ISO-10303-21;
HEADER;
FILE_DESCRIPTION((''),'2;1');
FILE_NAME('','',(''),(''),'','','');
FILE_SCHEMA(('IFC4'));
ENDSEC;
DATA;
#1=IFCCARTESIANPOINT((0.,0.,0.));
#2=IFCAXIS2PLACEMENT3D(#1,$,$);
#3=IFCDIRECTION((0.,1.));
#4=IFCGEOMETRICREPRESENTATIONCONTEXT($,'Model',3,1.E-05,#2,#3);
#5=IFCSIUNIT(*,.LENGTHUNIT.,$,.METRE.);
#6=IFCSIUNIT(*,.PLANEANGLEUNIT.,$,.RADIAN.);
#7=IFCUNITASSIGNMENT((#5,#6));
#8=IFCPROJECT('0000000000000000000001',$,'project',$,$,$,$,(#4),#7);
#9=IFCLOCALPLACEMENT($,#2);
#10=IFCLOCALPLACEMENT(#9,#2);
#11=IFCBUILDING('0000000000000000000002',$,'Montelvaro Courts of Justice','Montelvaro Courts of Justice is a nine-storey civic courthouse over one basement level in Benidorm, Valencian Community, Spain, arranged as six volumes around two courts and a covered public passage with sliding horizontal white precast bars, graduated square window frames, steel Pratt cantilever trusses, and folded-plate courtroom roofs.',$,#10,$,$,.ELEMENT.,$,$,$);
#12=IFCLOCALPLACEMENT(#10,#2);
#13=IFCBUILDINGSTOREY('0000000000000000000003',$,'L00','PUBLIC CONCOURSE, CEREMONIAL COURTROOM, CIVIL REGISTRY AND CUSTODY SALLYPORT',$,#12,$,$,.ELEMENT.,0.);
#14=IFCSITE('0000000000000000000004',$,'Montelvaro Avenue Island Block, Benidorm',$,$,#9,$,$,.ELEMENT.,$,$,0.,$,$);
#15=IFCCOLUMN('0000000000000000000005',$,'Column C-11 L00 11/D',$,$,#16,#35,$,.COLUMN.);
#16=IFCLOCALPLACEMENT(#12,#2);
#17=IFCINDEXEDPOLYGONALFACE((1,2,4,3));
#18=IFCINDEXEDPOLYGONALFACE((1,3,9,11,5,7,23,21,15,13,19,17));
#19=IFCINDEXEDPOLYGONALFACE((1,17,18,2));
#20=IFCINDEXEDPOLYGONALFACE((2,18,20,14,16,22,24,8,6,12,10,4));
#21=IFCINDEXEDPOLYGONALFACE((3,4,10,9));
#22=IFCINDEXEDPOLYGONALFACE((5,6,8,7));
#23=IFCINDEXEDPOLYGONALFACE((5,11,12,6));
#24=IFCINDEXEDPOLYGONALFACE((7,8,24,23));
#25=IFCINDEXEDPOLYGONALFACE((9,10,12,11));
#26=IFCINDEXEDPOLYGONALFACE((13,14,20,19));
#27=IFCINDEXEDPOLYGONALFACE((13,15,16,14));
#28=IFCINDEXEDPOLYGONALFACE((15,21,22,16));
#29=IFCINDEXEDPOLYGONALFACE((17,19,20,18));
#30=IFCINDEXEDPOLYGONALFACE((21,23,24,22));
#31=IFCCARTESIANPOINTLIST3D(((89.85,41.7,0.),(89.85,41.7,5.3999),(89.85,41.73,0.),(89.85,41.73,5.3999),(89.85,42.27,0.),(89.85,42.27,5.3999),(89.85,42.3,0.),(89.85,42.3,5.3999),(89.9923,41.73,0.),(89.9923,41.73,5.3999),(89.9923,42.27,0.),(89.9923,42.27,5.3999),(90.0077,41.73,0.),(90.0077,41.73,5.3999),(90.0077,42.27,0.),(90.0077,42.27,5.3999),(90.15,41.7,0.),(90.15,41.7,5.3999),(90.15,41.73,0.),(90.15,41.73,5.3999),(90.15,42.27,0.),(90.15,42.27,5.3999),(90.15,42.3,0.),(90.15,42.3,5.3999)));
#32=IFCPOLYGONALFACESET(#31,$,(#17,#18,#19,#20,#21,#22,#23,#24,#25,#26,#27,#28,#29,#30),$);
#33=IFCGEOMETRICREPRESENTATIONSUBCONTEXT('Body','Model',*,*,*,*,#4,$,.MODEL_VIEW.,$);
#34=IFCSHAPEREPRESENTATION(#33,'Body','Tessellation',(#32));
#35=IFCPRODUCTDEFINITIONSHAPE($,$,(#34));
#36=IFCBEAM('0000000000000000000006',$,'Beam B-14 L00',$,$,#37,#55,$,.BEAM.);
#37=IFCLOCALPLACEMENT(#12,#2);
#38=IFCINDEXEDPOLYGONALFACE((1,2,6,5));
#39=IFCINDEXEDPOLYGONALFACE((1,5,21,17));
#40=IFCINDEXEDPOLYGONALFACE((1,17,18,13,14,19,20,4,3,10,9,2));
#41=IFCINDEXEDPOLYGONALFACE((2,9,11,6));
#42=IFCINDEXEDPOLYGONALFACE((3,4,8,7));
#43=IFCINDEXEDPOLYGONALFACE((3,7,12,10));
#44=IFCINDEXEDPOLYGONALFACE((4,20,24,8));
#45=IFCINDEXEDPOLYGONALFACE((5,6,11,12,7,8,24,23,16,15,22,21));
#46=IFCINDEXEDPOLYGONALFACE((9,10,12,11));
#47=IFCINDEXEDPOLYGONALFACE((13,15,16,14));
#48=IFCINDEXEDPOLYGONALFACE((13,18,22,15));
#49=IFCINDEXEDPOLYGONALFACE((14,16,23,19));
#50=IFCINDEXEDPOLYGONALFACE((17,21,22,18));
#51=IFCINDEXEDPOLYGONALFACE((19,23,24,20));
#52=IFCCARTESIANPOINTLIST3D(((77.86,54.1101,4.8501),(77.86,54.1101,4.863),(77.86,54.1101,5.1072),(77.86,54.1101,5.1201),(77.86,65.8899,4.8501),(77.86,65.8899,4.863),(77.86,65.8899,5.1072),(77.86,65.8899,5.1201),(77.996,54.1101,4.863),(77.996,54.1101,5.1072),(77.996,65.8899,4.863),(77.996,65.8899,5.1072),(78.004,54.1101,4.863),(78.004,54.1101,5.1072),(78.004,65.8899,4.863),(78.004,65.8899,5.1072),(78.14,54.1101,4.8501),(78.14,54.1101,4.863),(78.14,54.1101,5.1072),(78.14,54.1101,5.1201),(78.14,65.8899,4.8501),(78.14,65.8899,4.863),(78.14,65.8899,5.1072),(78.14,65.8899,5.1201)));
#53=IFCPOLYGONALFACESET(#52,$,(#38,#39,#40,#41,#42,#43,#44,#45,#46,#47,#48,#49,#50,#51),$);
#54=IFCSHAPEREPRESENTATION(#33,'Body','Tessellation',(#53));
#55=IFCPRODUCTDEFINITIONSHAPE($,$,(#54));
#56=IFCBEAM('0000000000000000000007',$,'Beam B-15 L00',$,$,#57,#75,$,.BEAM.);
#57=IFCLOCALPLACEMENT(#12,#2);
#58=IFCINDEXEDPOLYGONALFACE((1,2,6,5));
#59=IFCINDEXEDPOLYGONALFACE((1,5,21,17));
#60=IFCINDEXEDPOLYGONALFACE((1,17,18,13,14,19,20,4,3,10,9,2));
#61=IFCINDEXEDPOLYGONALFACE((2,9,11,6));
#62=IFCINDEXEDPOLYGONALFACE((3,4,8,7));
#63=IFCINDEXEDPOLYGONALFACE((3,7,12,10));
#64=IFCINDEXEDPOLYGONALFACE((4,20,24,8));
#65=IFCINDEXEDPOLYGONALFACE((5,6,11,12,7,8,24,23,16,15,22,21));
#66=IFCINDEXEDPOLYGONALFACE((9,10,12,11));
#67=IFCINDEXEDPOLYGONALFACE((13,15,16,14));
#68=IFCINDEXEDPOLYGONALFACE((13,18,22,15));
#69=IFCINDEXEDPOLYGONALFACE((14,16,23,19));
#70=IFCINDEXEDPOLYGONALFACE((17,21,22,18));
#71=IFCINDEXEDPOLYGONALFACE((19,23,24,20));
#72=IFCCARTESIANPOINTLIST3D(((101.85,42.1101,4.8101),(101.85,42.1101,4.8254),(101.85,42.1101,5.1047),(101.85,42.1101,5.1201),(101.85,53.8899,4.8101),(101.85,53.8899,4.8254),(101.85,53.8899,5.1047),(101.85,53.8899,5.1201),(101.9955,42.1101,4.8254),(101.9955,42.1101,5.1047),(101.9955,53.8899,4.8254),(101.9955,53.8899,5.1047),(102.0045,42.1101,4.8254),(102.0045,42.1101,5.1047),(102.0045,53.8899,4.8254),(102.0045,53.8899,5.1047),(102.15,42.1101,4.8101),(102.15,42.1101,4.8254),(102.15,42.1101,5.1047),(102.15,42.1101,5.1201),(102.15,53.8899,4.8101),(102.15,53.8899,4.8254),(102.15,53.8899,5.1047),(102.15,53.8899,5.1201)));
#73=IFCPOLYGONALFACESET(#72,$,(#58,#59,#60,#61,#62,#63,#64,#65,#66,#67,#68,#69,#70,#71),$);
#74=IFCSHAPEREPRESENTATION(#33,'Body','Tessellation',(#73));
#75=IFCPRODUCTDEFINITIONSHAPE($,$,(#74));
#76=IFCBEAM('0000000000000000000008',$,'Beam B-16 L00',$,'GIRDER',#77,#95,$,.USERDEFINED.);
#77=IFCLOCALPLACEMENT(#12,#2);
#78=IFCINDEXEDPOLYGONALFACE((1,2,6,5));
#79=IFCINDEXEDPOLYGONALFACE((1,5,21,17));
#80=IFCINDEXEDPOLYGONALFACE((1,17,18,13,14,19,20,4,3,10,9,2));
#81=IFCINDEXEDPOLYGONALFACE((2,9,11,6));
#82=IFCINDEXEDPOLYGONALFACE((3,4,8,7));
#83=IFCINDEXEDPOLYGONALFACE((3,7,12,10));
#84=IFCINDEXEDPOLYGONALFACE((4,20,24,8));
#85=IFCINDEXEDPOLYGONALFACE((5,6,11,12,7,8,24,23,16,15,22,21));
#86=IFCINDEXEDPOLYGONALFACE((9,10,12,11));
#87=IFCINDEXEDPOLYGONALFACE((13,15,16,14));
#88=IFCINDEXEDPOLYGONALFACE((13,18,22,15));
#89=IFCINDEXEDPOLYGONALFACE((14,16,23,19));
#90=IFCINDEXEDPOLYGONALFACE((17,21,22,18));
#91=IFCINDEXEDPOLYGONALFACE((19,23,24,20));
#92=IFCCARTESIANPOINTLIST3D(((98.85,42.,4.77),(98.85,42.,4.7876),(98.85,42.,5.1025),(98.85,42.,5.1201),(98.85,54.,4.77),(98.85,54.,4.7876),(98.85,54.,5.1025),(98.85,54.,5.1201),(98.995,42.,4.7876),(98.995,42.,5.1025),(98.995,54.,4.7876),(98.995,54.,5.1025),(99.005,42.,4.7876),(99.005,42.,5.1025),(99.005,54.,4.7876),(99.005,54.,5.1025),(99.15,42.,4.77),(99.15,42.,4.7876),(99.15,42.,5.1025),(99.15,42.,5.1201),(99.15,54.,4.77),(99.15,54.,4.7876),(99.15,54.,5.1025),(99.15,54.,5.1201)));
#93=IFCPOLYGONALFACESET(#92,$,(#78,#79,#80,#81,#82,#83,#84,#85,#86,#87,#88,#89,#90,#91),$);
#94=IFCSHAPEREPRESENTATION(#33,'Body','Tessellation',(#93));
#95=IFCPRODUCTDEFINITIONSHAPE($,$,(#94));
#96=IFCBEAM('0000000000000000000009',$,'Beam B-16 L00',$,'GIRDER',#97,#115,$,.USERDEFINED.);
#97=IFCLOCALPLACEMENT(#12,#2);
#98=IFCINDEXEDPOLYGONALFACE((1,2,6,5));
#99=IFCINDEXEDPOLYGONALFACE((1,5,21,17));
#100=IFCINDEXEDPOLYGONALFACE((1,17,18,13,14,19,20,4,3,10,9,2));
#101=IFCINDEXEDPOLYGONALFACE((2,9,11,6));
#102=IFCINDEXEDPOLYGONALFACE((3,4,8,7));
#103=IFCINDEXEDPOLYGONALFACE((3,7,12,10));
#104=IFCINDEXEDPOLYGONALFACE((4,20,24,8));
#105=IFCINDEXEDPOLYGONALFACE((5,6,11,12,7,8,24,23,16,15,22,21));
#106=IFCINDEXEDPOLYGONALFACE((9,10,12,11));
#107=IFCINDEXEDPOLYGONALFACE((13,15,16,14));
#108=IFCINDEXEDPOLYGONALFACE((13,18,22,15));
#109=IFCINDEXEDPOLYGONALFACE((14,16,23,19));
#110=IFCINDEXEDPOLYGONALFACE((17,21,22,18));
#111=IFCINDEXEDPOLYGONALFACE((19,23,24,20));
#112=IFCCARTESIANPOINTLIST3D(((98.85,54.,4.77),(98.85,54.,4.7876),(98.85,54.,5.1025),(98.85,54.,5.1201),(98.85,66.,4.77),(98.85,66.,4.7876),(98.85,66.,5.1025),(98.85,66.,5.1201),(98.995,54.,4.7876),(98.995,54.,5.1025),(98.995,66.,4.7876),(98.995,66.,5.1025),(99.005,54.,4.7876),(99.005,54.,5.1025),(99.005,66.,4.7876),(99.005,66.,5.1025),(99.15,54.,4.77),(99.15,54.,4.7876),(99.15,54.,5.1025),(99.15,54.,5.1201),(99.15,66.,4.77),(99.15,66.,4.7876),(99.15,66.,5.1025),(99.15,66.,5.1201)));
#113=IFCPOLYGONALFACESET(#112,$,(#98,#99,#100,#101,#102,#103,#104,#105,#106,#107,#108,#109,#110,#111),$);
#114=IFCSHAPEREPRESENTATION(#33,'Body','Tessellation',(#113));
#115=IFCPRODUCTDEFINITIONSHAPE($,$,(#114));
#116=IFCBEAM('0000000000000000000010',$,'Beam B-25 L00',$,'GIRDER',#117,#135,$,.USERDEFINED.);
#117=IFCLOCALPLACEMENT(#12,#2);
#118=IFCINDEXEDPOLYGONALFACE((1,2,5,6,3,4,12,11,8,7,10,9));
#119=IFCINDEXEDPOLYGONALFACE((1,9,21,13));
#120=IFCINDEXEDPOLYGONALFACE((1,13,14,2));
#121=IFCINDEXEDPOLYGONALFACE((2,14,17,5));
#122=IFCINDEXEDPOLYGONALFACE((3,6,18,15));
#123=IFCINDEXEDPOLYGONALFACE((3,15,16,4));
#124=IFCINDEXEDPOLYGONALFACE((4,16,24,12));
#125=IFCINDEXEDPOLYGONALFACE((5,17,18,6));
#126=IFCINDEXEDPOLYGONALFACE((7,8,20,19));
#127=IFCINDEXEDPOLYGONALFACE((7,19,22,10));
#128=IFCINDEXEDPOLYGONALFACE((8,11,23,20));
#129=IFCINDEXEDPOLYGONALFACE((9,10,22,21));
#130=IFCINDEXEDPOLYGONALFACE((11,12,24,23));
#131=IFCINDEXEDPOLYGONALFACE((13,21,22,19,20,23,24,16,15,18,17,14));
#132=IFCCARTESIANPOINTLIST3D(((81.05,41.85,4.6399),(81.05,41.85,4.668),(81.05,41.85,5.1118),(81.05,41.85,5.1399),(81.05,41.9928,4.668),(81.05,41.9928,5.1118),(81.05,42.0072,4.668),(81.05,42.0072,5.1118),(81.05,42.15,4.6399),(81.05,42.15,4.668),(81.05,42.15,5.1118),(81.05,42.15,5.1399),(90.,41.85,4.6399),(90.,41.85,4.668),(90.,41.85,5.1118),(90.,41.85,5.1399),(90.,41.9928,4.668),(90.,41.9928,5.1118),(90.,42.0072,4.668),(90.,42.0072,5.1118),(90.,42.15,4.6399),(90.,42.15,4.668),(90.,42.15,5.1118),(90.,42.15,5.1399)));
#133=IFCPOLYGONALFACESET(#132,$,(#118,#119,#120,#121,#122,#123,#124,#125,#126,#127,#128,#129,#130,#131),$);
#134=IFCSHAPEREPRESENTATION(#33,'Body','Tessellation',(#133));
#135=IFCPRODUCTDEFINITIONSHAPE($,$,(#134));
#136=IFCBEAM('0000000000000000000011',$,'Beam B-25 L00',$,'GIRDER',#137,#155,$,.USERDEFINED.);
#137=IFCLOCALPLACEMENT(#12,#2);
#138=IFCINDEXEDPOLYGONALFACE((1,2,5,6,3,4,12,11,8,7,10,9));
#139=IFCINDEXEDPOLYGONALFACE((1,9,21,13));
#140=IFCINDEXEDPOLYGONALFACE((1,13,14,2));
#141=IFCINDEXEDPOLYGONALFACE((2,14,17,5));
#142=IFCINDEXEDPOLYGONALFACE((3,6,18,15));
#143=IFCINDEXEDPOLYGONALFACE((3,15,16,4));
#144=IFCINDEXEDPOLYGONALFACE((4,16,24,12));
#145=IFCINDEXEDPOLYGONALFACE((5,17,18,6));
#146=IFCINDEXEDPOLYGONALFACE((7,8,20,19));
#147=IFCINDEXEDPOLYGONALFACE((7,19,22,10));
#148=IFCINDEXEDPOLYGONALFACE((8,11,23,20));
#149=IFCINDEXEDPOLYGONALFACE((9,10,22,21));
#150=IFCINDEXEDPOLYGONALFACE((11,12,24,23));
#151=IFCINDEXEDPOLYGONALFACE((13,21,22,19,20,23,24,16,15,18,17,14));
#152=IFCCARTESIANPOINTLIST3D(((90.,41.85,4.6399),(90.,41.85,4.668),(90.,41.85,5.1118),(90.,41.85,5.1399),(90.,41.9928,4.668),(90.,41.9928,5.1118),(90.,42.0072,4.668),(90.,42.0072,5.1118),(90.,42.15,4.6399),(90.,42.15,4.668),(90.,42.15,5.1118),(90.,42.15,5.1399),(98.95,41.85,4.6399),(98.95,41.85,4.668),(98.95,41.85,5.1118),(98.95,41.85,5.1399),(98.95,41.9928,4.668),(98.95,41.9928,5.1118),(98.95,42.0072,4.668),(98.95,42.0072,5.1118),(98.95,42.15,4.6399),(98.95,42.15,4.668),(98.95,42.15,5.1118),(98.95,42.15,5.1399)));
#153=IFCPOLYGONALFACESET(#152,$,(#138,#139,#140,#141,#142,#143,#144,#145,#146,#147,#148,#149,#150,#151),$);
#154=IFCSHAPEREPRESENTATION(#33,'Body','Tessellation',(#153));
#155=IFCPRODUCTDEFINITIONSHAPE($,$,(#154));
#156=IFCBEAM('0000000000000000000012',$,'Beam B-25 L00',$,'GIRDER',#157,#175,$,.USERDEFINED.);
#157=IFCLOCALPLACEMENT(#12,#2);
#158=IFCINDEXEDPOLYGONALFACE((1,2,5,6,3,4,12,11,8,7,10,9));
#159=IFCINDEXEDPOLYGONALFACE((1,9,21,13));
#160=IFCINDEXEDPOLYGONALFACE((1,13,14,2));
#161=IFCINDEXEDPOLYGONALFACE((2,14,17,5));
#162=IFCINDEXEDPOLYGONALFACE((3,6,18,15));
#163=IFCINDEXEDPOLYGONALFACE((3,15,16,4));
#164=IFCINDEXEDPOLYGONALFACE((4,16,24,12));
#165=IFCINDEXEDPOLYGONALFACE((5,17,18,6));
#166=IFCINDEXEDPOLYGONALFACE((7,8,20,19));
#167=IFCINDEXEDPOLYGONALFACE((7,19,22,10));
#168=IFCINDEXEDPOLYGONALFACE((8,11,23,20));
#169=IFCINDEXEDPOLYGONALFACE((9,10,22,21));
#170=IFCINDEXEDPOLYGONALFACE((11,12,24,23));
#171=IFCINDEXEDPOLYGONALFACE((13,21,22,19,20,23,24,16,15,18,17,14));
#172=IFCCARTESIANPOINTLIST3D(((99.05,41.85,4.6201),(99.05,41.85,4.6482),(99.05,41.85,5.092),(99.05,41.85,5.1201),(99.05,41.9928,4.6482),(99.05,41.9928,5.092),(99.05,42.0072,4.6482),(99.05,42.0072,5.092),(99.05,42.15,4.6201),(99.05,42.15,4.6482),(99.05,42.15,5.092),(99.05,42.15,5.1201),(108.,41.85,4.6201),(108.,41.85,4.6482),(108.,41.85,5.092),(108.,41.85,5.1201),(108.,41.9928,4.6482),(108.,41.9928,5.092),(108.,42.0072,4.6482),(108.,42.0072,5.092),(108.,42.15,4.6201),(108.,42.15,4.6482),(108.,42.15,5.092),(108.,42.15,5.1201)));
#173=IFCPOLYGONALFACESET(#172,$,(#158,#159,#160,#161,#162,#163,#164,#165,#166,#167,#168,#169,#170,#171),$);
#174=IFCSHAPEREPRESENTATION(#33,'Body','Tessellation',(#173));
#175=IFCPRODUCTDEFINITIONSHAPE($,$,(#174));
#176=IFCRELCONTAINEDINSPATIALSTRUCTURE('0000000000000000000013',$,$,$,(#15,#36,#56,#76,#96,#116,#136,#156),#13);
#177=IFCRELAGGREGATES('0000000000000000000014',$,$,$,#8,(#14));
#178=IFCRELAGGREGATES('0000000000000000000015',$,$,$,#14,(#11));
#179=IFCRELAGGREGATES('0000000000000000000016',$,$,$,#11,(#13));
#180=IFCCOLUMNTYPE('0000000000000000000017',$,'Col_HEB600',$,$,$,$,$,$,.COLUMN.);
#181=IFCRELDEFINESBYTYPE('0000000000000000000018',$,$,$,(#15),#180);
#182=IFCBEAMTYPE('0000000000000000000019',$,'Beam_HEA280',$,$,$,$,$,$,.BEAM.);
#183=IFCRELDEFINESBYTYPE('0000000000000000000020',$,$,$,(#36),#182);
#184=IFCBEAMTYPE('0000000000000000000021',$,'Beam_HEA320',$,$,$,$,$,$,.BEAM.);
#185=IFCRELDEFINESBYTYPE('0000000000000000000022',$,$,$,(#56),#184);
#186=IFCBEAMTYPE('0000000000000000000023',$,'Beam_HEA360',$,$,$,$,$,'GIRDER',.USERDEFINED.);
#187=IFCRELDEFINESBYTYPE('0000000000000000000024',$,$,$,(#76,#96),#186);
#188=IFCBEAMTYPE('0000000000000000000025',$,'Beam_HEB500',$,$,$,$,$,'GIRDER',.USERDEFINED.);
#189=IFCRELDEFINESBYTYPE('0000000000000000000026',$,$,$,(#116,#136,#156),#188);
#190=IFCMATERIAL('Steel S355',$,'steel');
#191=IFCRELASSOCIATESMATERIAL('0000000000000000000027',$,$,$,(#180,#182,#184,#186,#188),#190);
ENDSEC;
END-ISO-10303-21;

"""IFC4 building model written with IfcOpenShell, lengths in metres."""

from ifc_helpers import new_model, si_unit, direction, frame, origin, origin_2d, place, context, subcontext, project, spatial, i_section, extrude, material, material_profile, profile_set, type_object, element, save


model = new_model("IFC4")

# Units and contexts
model_context = context("Model", 3, precision=1e-05, world=origin(), true_north=direction((0.0, 1.0)))
body_context = subcontext(model_context, "Body", "Model", "MODEL_VIEW")
ifc_project = project(units=[si_unit("LENGTHUNIT", "METRE"), si_unit("PLANEANGLEUNIT", "RADIAN")], contexts=[model_context])

# Site, building, storey
site_placement = place(None, origin())
site = spatial("IfcSite", under=ifc_project, at=site_placement, Name="Montelvaro Avenue Island Block, Benidorm", CompositionType="ELEMENT", RefElevation=0.0)
building_placement = place(site_placement, origin())
building = spatial("IfcBuilding", under=site, at=building_placement, Name="Montelvaro Courts of Justice", Description="Montelvaro Courts of Justice is a nine-storey civic courthouse over one basement level in Benidorm, Valencian Community, Spain, arranged as six volumes around two courts and a covered public passage with sliding horizontal white precast bars, graduated square window frames, steel Pratt cantilever trusses, and folded-plate courtroom roofs.", CompositionType="ELEMENT")
storey_placement = place(building_placement, origin())
storey = spatial("IfcBuildingStorey", under=building, at=storey_placement, Name="L00", Description="PUBLIC CONCOURSE, CEREMONIAL COURTROOM, CIVIL REGISTRY AND CUSTODY SALLYPORT", CompositionType="ELEMENT", Elevation=0.0)

# Column
ifc_material_1 = material(Name="Steel S355", Category="steel")
ifc_material_profile_1 = material_profile(ifc_material_1, i_section(OverallWidth=0.3, OverallDepth=0.6001, WebThickness=0.0154, FlangeThickness=0.03, at=origin_2d()), Name="HEB 600")
ifc_profile_set_1 = profile_set([ifc_material_profile_1], Name="Steel S355")
column_type_1 = type_object("IfcColumnType", Name="Col_HEB600", PredefinedType="COLUMN", material=ifc_profile_set_1)
column_placement = place(storey_placement, frame((90.0, 42.0, 0.0), z_axis=(0.0, 0.0, 1.0), x_axis=(1.0, 0.0, 0.0)))
element("IfcColumn", 1, at=column_placement, inside=storey, type_object=column_type_1, Name="Column C-11 L00 11/D", PredefinedType="COLUMN", context=body_context, shape_type="SweptSolid", body=[
    extrude(i_section(OverallWidth=0.3, OverallDepth=0.6001, WebThickness=0.0154, FlangeThickness=0.03, at=origin_2d()), origin(), (0.0, 0.0, 1.0), 5.3999),
])

# Beams
ifc_material_profile_2 = material_profile(ifc_material_1, i_section(OverallWidth=0.28, OverallDepth=0.27, WebThickness=0.0081, FlangeThickness=0.0129, at=origin_2d()), Name="HEA 280")
ifc_profile_set_2 = profile_set([ifc_material_profile_2], Name="Steel S355")
beam_type_1 = type_object("IfcBeamType", Name="Beam_HEA280", PredefinedType="BEAM", material=ifc_profile_set_2)
beam_1_placement = place(storey_placement, frame((78.0, 54.1101, 4.9851), z_axis=(0.0, 1.0, 0.0), x_axis=(-1.0, 0.0, 0.0)))
element("IfcBeam", 2, at=beam_1_placement, inside=storey, type_object=beam_type_1, Name="Beam B-14 L00", PredefinedType="BEAM", context=body_context, shape_type="SweptSolid", body=[
    extrude(i_section(OverallWidth=0.28, OverallDepth=0.27, WebThickness=0.0081, FlangeThickness=0.0129, at=origin_2d()), origin(), (0.0, 0.0, 1.0), 11.7798),
])
ifc_material_profile_3 = material_profile(ifc_material_1, i_section(OverallWidth=0.3, OverallDepth=0.3101, WebThickness=0.009, FlangeThickness=0.0154, at=origin_2d()), Name="HEA 320")
ifc_profile_set_3 = profile_set([ifc_material_profile_3], Name="Steel S355")
beam_type_2 = type_object("IfcBeamType", Name="Beam_HEA320", PredefinedType="BEAM", material=ifc_profile_set_3)
beam_2_placement = place(storey_placement, frame((102.0, 42.1101, 4.9651), z_axis=(0.0, 1.0, 0.0), x_axis=(-1.0, 0.0, 0.0)))
element("IfcBeam", 3, at=beam_2_placement, inside=storey, type_object=beam_type_2, Name="Beam B-15 L00", PredefinedType="BEAM", context=body_context, shape_type="SweptSolid", body=[
    extrude(i_section(OverallWidth=0.3, OverallDepth=0.3101, WebThickness=0.009, FlangeThickness=0.0154, at=origin_2d()), origin(), (0.0, 0.0, 1.0), 11.7798),
])
ifc_material_profile_4 = material_profile(ifc_material_1, i_section(OverallWidth=0.3, OverallDepth=0.3501, WebThickness=0.01, FlangeThickness=0.0176, at=origin_2d()), Name="HEA 360")
ifc_profile_set_4 = profile_set([ifc_material_profile_4], Name="Steel S355")
beam_type_3 = type_object("IfcBeamType", Name="Beam_HEA360", ElementType="GIRDER", PredefinedType="USERDEFINED", material=ifc_profile_set_4)
for number, where, z_axis, x_axis, name in (
    (4, (99.0, 42.0, 4.9451), (0.0, 1.0, 0.0), (-1.0, 0.0, 0.0), "Beam B-16 L00"),
    (5, (99.0, 54.0, 4.9451), (0.0, 1.0, 0.0), (-1.0, 0.0, 0.0), "Beam B-16 L00"),
):
    element("IfcBeam", number, at=place(storey_placement, frame(where, z_axis=z_axis, x_axis=x_axis)), inside=storey, type_object=beam_type_3, Name=name, ObjectType="GIRDER", PredefinedType="USERDEFINED", context=body_context, shape_type="SweptSolid", body=[
        extrude(i_section(OverallWidth=0.3, OverallDepth=0.3501, WebThickness=0.01, FlangeThickness=0.0176, at=origin_2d()), origin(), (0.0, 0.0, 1.0), 12.0),
    ])
ifc_material_profile_5 = material_profile(ifc_material_1, i_section(OverallWidth=0.3, OverallDepth=0.5, WebThickness=0.0144, FlangeThickness=0.0281, at=origin_2d()), Name="HEB 500")
ifc_profile_set_5 = profile_set([ifc_material_profile_5], Name="Steel S355")
beam_type_4 = type_object("IfcBeamType", Name="Beam_HEB500", ElementType="GIRDER", PredefinedType="USERDEFINED", material=ifc_profile_set_5)
for number, where, z_axis, x_axis, name in (
    (6, (81.05, 42.0, 4.8899), (1.0, 0.0, 0.0), (0.0, 1.0, 0.0), "Beam B-25 L00"),
    (7, (90.0, 42.0, 4.8899), (1.0, 0.0, 0.0), (0.0, 1.0, 0.0), "Beam B-25 L00"),
    (8, (99.05, 42.0, 4.8701), (1.0, 0.0, 0.0), (0.0, 1.0, 0.0), "Beam B-25 L00"),
):
    element("IfcBeam", number, at=place(storey_placement, frame(where, z_axis=z_axis, x_axis=x_axis)), inside=storey, type_object=beam_type_4, Name=name, ObjectType="GIRDER", PredefinedType="USERDEFINED", context=body_context, shape_type="SweptSolid", body=[
        extrude(i_section(OverallWidth=0.3, OverallDepth=0.5, WebThickness=0.0144, FlangeThickness=0.0281, at=origin_2d()), origin(), (0.0, 0.0, 1.0), 8.95),
    ])

save(model, "model.ifc")
